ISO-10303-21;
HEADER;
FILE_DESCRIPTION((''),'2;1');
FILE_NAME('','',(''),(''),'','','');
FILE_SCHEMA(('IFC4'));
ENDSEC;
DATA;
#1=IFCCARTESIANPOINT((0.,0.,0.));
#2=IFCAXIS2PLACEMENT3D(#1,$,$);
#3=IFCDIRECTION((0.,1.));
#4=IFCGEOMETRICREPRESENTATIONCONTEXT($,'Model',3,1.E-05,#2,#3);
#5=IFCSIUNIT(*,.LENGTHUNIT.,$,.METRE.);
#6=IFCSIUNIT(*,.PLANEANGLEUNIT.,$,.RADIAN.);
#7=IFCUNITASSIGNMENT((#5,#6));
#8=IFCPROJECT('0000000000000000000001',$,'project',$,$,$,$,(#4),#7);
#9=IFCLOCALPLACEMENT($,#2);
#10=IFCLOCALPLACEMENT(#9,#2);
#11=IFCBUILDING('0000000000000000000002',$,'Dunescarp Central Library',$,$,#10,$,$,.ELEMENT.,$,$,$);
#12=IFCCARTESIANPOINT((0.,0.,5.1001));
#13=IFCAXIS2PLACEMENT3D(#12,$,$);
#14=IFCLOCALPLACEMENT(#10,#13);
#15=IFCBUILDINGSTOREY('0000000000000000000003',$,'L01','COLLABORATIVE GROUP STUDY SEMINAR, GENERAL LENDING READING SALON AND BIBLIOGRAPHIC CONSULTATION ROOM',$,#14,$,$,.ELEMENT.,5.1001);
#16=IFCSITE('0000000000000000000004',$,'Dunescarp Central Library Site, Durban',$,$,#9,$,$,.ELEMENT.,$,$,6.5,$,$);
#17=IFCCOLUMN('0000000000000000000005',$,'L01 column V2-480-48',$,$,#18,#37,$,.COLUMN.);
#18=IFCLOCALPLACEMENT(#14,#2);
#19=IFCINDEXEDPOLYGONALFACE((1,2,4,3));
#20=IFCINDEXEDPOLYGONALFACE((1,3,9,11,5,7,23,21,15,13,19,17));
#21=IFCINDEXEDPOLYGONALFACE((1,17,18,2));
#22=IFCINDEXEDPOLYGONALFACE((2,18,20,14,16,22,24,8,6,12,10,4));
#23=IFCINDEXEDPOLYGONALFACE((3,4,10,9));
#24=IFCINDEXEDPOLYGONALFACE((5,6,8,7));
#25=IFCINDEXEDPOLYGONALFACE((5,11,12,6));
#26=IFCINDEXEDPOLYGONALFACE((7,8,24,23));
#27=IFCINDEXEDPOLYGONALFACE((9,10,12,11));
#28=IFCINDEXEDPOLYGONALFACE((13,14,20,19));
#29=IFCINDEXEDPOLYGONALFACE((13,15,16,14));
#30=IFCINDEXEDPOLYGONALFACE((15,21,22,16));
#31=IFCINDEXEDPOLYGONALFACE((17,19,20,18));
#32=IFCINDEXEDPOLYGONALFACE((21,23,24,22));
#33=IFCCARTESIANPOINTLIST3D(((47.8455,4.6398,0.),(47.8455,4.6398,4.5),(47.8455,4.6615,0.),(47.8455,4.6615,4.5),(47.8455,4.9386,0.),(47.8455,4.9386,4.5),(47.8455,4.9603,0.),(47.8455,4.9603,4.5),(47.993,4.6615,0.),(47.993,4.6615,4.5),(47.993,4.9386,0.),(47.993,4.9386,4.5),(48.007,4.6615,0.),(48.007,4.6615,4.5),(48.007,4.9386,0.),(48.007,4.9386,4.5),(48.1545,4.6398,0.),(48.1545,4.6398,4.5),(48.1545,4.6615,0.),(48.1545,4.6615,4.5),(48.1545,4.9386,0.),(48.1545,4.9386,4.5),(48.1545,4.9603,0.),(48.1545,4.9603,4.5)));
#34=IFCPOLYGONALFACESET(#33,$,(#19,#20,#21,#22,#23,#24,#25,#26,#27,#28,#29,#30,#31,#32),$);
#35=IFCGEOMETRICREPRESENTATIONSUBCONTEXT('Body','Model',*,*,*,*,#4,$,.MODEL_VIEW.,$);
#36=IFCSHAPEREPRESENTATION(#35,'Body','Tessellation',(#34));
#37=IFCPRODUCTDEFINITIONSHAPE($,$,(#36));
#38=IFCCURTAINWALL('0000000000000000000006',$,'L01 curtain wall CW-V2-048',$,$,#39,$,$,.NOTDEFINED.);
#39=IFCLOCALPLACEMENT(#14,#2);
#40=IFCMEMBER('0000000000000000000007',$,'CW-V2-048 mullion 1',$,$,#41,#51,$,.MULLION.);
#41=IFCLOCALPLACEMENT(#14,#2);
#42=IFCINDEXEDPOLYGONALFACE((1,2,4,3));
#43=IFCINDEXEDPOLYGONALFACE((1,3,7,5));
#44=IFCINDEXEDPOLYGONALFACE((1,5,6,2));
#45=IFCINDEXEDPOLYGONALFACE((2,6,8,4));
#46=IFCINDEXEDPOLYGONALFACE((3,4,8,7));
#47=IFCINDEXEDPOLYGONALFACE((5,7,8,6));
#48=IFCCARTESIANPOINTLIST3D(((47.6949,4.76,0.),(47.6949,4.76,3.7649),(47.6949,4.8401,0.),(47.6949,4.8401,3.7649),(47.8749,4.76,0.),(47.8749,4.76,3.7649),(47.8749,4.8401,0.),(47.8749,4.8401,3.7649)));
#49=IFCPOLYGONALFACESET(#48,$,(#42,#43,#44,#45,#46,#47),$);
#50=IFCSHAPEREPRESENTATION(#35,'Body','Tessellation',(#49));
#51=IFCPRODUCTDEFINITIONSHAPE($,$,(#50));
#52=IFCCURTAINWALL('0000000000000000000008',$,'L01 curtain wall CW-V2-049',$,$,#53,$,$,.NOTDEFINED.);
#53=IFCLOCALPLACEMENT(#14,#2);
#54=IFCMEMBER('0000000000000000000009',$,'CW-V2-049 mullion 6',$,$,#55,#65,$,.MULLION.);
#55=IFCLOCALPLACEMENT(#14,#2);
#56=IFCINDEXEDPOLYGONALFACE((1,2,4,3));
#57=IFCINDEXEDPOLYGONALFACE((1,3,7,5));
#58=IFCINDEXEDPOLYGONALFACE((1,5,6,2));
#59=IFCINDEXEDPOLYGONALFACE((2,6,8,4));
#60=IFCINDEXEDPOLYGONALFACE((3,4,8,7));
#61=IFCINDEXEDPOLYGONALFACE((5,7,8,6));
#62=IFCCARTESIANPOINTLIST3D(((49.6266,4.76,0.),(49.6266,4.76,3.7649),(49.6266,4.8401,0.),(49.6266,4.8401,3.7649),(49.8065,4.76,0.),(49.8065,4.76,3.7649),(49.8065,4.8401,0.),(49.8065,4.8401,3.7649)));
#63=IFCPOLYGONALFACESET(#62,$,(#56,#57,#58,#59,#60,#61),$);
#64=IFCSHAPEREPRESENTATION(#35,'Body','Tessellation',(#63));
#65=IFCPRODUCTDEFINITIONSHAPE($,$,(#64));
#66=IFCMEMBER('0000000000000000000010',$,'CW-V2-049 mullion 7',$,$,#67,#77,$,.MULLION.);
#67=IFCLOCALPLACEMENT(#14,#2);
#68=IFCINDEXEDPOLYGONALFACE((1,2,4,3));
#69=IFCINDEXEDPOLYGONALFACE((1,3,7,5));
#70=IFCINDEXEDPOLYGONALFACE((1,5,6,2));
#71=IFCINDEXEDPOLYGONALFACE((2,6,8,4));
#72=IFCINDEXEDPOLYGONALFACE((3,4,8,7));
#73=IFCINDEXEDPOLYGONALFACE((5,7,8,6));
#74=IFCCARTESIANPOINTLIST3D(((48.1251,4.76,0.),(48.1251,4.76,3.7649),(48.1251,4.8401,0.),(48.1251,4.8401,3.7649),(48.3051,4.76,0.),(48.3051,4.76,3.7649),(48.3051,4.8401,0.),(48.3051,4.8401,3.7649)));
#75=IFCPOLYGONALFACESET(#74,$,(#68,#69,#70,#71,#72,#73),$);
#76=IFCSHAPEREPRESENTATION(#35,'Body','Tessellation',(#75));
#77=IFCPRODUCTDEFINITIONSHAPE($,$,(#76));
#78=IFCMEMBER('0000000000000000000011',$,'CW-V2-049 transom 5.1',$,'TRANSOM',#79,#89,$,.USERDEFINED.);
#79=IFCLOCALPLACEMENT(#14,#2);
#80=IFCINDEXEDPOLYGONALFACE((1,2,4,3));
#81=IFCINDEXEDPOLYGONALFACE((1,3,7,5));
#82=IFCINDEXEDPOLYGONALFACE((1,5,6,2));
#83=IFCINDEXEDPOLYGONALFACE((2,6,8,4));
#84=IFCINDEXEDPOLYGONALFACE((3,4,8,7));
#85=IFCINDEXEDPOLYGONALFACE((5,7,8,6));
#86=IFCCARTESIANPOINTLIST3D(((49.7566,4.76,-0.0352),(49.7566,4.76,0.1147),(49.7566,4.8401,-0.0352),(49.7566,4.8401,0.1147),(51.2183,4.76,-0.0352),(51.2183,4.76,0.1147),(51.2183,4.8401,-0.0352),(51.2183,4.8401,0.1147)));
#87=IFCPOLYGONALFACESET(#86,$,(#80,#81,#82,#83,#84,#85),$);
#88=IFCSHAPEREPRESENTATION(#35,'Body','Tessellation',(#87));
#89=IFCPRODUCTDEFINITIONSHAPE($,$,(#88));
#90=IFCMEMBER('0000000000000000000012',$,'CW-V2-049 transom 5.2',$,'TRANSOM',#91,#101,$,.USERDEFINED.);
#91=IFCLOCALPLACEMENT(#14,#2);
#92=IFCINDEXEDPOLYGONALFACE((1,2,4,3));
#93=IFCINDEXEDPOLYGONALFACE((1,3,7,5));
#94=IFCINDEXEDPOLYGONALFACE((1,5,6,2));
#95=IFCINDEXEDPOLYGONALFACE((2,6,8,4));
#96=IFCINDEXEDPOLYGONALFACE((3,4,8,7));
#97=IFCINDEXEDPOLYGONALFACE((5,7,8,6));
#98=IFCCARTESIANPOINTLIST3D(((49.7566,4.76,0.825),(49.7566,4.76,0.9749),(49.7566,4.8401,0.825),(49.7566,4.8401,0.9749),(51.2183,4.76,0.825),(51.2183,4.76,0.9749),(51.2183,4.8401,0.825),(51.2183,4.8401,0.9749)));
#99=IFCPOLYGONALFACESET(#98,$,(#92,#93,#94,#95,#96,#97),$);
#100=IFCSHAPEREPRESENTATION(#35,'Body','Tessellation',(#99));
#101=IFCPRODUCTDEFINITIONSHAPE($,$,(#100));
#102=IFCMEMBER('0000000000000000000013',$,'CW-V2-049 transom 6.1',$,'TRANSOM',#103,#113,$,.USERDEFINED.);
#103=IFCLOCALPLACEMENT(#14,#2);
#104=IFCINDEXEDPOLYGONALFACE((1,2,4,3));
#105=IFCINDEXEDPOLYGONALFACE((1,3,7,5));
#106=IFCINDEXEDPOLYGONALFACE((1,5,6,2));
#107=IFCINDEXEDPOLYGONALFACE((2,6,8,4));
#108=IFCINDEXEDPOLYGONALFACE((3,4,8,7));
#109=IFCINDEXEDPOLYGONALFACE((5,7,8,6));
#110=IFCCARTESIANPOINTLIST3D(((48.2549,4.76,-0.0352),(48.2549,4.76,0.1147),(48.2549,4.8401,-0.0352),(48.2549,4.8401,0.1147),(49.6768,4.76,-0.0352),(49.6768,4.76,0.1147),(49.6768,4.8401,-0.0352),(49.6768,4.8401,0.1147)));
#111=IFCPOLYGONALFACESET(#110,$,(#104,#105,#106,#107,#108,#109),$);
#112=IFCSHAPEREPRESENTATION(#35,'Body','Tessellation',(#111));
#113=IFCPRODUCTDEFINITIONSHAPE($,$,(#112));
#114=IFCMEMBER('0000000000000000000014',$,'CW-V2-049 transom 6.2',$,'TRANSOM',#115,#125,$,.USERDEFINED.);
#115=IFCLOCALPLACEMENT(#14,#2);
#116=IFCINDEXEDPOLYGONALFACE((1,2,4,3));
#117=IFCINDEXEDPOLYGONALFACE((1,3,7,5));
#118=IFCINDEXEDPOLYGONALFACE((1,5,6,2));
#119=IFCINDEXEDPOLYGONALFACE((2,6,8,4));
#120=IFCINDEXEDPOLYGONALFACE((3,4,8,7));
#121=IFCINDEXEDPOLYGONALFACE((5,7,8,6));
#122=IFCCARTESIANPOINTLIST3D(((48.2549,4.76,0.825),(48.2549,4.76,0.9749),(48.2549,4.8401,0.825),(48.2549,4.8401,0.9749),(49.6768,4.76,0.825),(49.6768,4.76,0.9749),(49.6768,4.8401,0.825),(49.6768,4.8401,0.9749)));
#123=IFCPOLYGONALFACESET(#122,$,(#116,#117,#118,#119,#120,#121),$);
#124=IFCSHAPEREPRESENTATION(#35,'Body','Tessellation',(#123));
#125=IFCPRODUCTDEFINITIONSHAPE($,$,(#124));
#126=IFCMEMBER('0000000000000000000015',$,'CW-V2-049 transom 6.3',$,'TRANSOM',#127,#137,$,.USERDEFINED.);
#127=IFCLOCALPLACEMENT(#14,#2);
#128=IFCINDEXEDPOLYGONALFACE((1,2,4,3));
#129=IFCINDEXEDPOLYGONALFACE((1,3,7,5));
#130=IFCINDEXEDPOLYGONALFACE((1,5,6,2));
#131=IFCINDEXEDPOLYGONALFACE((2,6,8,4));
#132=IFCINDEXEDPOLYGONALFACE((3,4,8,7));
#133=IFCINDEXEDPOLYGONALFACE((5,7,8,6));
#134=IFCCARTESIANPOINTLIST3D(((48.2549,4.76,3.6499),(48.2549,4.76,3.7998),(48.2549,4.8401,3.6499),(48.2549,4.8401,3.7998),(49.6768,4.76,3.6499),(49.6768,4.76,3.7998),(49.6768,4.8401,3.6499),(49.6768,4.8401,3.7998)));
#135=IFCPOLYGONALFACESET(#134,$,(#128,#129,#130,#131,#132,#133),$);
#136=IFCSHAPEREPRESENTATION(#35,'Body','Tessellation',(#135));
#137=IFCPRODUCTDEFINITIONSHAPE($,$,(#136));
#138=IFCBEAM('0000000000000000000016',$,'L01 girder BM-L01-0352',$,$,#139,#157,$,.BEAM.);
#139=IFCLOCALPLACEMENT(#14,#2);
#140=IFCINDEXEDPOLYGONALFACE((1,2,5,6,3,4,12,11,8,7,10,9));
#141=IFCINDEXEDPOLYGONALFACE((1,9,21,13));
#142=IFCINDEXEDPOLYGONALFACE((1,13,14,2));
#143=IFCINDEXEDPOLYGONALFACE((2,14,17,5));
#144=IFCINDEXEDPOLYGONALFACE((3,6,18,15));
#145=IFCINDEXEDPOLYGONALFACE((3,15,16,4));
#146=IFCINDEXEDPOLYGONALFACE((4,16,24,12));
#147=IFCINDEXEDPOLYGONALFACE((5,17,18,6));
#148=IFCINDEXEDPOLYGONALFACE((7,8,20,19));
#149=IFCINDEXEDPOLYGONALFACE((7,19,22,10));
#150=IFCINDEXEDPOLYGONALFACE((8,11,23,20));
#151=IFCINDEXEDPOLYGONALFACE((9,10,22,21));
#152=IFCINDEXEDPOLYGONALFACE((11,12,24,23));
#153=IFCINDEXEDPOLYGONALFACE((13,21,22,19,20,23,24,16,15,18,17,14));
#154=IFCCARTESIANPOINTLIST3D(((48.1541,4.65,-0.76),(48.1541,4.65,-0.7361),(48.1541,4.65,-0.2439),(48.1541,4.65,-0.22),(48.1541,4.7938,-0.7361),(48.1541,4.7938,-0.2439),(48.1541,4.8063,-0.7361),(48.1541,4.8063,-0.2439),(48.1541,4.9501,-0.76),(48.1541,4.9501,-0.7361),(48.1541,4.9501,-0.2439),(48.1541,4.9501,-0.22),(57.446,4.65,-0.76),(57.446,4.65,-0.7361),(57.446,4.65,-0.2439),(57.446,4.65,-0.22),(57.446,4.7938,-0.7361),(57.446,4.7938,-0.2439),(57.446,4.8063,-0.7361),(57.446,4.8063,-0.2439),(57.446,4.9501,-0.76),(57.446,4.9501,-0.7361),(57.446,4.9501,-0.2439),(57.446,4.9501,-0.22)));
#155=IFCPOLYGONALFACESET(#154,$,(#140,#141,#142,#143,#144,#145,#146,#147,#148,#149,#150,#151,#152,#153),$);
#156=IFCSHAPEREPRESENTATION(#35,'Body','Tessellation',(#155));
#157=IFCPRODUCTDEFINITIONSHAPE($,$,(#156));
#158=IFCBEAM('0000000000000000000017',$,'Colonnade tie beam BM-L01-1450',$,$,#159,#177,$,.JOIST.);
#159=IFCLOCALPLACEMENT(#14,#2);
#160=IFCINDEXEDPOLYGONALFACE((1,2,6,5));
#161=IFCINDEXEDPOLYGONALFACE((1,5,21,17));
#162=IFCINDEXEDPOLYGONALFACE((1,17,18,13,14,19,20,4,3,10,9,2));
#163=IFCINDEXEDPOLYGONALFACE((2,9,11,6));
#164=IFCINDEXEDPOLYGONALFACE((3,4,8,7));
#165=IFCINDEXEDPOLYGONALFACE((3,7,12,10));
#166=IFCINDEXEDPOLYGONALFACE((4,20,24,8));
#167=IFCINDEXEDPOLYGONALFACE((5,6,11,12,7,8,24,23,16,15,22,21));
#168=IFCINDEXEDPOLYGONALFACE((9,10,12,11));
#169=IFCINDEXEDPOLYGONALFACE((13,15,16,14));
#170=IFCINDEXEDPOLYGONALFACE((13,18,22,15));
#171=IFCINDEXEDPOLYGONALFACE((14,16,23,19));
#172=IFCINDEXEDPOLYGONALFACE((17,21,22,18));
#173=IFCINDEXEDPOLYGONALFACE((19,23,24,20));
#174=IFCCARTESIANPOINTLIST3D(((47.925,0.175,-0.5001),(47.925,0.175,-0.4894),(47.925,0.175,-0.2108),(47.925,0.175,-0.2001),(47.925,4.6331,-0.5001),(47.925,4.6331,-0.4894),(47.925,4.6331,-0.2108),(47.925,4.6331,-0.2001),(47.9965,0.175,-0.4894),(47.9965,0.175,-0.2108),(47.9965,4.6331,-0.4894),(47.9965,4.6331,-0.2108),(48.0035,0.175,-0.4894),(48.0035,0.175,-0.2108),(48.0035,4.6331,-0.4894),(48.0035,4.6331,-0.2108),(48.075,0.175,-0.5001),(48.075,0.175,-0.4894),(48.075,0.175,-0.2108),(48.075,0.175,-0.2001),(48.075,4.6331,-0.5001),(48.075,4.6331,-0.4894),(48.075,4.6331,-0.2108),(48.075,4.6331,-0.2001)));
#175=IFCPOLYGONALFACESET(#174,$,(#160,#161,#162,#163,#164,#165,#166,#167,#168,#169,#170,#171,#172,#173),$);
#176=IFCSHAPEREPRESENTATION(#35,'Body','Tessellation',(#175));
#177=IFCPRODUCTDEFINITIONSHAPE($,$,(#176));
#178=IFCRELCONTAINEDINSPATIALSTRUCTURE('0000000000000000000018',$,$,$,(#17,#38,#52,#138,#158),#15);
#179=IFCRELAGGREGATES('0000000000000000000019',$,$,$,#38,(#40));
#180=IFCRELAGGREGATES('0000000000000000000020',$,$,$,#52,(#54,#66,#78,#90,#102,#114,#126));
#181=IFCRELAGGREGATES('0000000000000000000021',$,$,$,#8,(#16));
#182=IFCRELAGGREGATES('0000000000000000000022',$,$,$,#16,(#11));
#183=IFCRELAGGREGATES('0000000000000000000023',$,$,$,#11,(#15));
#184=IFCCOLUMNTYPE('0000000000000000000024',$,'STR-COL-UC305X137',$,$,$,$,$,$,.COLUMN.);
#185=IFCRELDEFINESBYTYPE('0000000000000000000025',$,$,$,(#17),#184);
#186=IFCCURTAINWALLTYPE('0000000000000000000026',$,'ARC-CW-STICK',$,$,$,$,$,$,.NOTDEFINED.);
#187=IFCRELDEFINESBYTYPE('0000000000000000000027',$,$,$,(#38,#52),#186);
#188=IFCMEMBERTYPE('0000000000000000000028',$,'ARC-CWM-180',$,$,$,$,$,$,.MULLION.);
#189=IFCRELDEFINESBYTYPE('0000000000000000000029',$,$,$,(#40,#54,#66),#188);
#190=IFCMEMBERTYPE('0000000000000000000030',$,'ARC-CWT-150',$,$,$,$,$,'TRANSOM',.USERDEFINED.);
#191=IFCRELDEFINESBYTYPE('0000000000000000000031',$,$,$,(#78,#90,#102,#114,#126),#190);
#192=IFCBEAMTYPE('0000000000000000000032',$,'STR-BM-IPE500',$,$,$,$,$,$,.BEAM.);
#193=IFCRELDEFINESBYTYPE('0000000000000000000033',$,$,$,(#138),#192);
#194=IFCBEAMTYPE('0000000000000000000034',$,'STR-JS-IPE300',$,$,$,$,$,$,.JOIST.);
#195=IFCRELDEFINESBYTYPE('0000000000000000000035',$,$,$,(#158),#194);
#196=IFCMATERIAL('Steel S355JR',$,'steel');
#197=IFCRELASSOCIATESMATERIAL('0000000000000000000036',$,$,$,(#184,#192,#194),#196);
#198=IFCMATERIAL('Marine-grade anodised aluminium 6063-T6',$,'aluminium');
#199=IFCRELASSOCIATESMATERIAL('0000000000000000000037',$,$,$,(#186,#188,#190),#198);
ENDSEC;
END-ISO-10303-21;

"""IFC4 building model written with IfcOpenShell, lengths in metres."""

from ifc_helpers import new_model, si_unit, direction, frame, origin, origin_2d, place, context, subcontext, project, spatial, rectangle, i_section, extrude, material, material_profile, profile_set, type_object, element, aggregate, save


model = new_model("IFC4")

# Units and contexts
model_context = context("Model", 3, precision=1e-05, world=origin(), true_north=direction((0.0, 1.0)))
body_context = subcontext(model_context, "Body", "Model", "MODEL_VIEW")
ifc_project = project(units=[si_unit("LENGTHUNIT", "METRE"), si_unit("PLANEANGLEUNIT", "RADIAN")], contexts=[model_context])

# Site, building, storey
site_placement = place(None, origin())
site = spatial("IfcSite", under=ifc_project, at=site_placement, Name="Dunescarp Central Library Site, Durban", CompositionType="ELEMENT", RefElevation=6.5)
building_placement = place(site_placement, origin())
building = spatial("IfcBuilding", under=site, at=building_placement, Name="Dunescarp Central Library", CompositionType="ELEMENT")
storey_placement = place(building_placement, frame((0.0, 0.0, 5.1001)))
storey = spatial("IfcBuildingStorey", under=building, at=storey_placement, Name="L01", Description="COLLABORATIVE GROUP STUDY SEMINAR, GENERAL LENDING READING SALON AND BIBLIOGRAPHIC CONSULTATION ROOM", CompositionType="ELEMENT", Elevation=5.1001)

# Column
ifc_material_1 = material(Name="Steel S355JR", Category="steel")
ifc_material_profile_1 = material_profile(ifc_material_1, i_section(OverallWidth=0.3091, OverallDepth=0.3206, WebThickness=0.0139, FlangeThickness=0.0217, at=origin_2d()), Name="UC 305x305x137")
ifc_profile_set_1 = profile_set([ifc_material_profile_1], Name="Steel S355JR")
column_type = type_object("IfcColumnType", Name="STR-COL-UC305X137", PredefinedType="COLUMN", material=ifc_profile_set_1)
column_placement = place(storey_placement, frame((48.0, 4.8, 0.0), z_axis=(0.0, 0.0, 1.0), x_axis=(1.0, 0.0, 0.0)))
element("IfcColumn", 1, at=column_placement, inside=storey, type_object=column_type, Name="L01 column V2-480-48", PredefinedType="COLUMN", context=body_context, shape_type="SweptSolid", body=[
    extrude(i_section(OverallWidth=0.3091, OverallDepth=0.3206, WebThickness=0.0139, FlangeThickness=0.0217, at=origin_2d()), origin(), (0.0, 0.0, 1.0), 4.5),
])

# Curtain wall, member
ifc_material_2 = material(Name="Marine-grade anodised aluminium 6063-T6", Category="aluminium")
curtain_wall_type = type_object("IfcCurtainWallType", Name="ARC-CW-STICK", PredefinedType="NOTDEFINED", material=ifc_material_2)
curtain_wall_1_placement = place(storey_placement, origin())
curtain_wall_1 = element("IfcCurtainWall", 2, at=curtain_wall_1_placement, inside=storey, type_object=curtain_wall_type, Name="L01 curtain wall CW-V2-048", PredefinedType="NOTDEFINED")
ifc_material_profile_2 = material_profile(ifc_material_2, rectangle(XDim=0.0801, YDim=0.1799, at=origin_2d()), Name="AL 80x180")
ifc_profile_set_2 = profile_set([ifc_material_profile_2], Name="Marine-grade anodised aluminium 6063-T6")
member_type_1 = type_object("IfcMemberType", Name="ARC-CWM-180", PredefinedType="MULLION", material=ifc_profile_set_2)
member_1_placement = place(storey_placement, frame((47.7849, 4.8, 0.0), z_axis=(0.0, 0.0, 1.0), x_axis=(0.0, -1.0, 0.0)))
member_1 = element("IfcMember", 3, at=member_1_placement, type_object=member_type_1, Name="CW-V2-048 mullion 1", PredefinedType="MULLION", context=body_context, shape_type="SweptSolid", body=[
    extrude(rectangle(XDim=0.0801, YDim=0.1799, at=origin_2d()), origin(), (0.0, 0.0, 1.0), 3.7649),
])
aggregate(curtain_wall_1, [member_1])

# Curtain wall, members
curtain_wall_2_placement = place(storey_placement, origin())
curtain_wall_2 = element("IfcCurtainWall", 4, at=curtain_wall_2_placement, inside=storey, type_object=curtain_wall_type, Name="L01 curtain wall CW-V2-049", PredefinedType="NOTDEFINED")
member_2_placement = place(storey_placement, frame((49.7166, 4.8, 0.0), z_axis=(0.0, 0.0, 1.0), x_axis=(0.0, -1.0, 0.0)))
member_2 = element("IfcMember", 5, at=member_2_placement, type_object=member_type_1, Name="CW-V2-049 mullion 6", PredefinedType="MULLION", context=body_context, shape_type="SweptSolid", body=[
    extrude(rectangle(XDim=0.0801, YDim=0.1799, at=origin_2d()), origin(), (0.0, 0.0, 1.0), 3.7649),
])
member_3_placement = place(storey_placement, frame((48.2151, 4.8, 0.0), z_axis=(0.0, 0.0, 1.0), x_axis=(0.0, -1.0, 0.0)))
member_3 = element("IfcMember", 6, at=member_3_placement, type_object=member_type_1, Name="CW-V2-049 mullion 7", PredefinedType="MULLION", context=body_context, shape_type="SweptSolid", body=[
    extrude(rectangle(XDim=0.0801, YDim=0.1799, at=origin_2d()), origin(), (0.0, 0.0, 1.0), 3.7649),
])
ifc_material_profile_3 = material_profile(ifc_material_2, rectangle(XDim=0.0801, YDim=0.1499, at=origin_2d()), Name="AL 80x150")
ifc_profile_set_3 = profile_set([ifc_material_profile_3], Name="Marine-grade anodised aluminium 6063-T6")
member_type_2 = type_object("IfcMemberType", Name="ARC-CWT-150", ElementType="TRANSOM", PredefinedType="USERDEFINED", material=ifc_profile_set_3)
member_4_placement = place(storey_placement, frame((51.2183, 4.8, 0.0398), z_axis=(-1.0, 0.0, 0.0), x_axis=(0.0, -1.0, 0.0)))
member_4 = element("IfcMember", 7, at=member_4_placement, type_object=member_type_2, Name="CW-V2-049 transom 5.1", ObjectType="TRANSOM", PredefinedType="USERDEFINED", context=body_context, shape_type="SweptSolid", body=[
    extrude(rectangle(XDim=0.0801, YDim=0.1499, at=origin_2d()), origin(), (0.0, 0.0, 1.0), 1.4617),
])
member_5_placement = place(storey_placement, frame((51.2183, 4.8, 0.8999), z_axis=(-1.0, 0.0, 0.0), x_axis=(0.0, -1.0, 0.0)))
member_5 = element("IfcMember", 8, at=member_5_placement, type_object=member_type_2, Name="CW-V2-049 transom 5.2", ObjectType="TRANSOM", PredefinedType="USERDEFINED", context=body_context, shape_type="SweptSolid", body=[
    extrude(rectangle(XDim=0.0801, YDim=0.1499, at=origin_2d()), origin(), (0.0, 0.0, 1.0), 1.4617),
])
member_6_placement = place(storey_placement, frame((49.6768, 4.8, 0.0398), z_axis=(-1.0, 0.0, 0.0), x_axis=(0.0, -1.0, 0.0)))
member_6 = element("IfcMember", 9, at=member_6_placement, type_object=member_type_2, Name="CW-V2-049 transom 6.1", ObjectType="TRANSOM", PredefinedType="USERDEFINED", context=body_context, shape_type="SweptSolid", body=[
    extrude(rectangle(XDim=0.0801, YDim=0.1499, at=origin_2d()), origin(), (0.0, 0.0, 1.0), 1.4219),
])
member_7_placement = place(storey_placement, frame((49.6768, 4.8, 0.8999), z_axis=(-1.0, 0.0, 0.0), x_axis=(0.0, -1.0, 0.0)))
member_7 = element("IfcMember", 10, at=member_7_placement, type_object=member_type_2, Name="CW-V2-049 transom 6.2", ObjectType="TRANSOM", PredefinedType="USERDEFINED", context=body_context, shape_type="SweptSolid", body=[
    extrude(rectangle(XDim=0.0801, YDim=0.1499, at=origin_2d()), origin(), (0.0, 0.0, 1.0), 1.4219),
])
member_8_placement = place(storey_placement, frame((49.6768, 4.8, 3.7249), z_axis=(-1.0, 0.0, 0.0), x_axis=(0.0, -1.0, 0.0)))
member_8 = element("IfcMember", 11, at=member_8_placement, type_object=member_type_2, Name="CW-V2-049 transom 6.3", ObjectType="TRANSOM", PredefinedType="USERDEFINED", context=body_context, shape_type="SweptSolid", body=[
    extrude(rectangle(XDim=0.0801, YDim=0.1499, at=origin_2d()), origin(), (0.0, 0.0, 1.0), 1.4219),
])

# Beams
ifc_material_profile_4 = material_profile(ifc_material_1, i_section(OverallWidth=0.3, OverallDepth=0.54, WebThickness=0.0125, FlangeThickness=0.0239, at=origin_2d()), Name="HEA 550")
ifc_profile_set_4 = profile_set([ifc_material_profile_4], Name="Steel S355JR")
beam_type_1 = type_object("IfcBeamType", Name="STR-BM-IPE500", PredefinedType="BEAM", material=ifc_profile_set_4)
beam_1_placement = place(storey_placement, frame((48.1541, 4.8, -0.49), z_axis=(1.0, 0.0, 0.0), x_axis=(0.0, 1.0, 0.0)))
element("IfcBeam", 12, at=beam_1_placement, inside=storey, type_object=beam_type_1, Name="L01 girder BM-L01-0352", PredefinedType="BEAM", context=body_context, shape_type="SweptSolid", body=[
    extrude(i_section(OverallWidth=0.3, OverallDepth=0.54, WebThickness=0.0125, FlangeThickness=0.0239, at=origin_2d()), origin(), (0.0, 0.0, 1.0), 9.292),
])
ifc_material_profile_5 = material_profile(ifc_material_1, i_section(OverallWidth=0.1499, OverallDepth=0.3, WebThickness=0.0071, FlangeThickness=0.0107, at=origin_2d()), Name="IPE 300")
ifc_profile_set_5 = profile_set([ifc_material_profile_5], Name="Steel S355JR")
beam_type_2 = type_object("IfcBeamType", Name="STR-JS-IPE300", PredefinedType="JOIST", material=ifc_profile_set_5)
beam_2_placement = place(storey_placement, frame((48.0, 0.175, -0.3501), z_axis=(0.0, 1.0, 0.0), x_axis=(-1.0, 0.0, 0.0)))
element("IfcBeam", 13, at=beam_2_placement, inside=storey, type_object=beam_type_2, Name="Colonnade tie beam BM-L01-1450", PredefinedType="JOIST", context=body_context, shape_type="SweptSolid", body=[
    extrude(i_section(OverallWidth=0.1499, OverallDepth=0.3, WebThickness=0.0071, FlangeThickness=0.0107, at=origin_2d()), origin(), (0.0, 0.0, 1.0), 4.458),
])

aggregate(curtain_wall_2, [member_2, member_3, member_4, member_5, member_6, member_7, member_8])

save(model, "model.ifc")
